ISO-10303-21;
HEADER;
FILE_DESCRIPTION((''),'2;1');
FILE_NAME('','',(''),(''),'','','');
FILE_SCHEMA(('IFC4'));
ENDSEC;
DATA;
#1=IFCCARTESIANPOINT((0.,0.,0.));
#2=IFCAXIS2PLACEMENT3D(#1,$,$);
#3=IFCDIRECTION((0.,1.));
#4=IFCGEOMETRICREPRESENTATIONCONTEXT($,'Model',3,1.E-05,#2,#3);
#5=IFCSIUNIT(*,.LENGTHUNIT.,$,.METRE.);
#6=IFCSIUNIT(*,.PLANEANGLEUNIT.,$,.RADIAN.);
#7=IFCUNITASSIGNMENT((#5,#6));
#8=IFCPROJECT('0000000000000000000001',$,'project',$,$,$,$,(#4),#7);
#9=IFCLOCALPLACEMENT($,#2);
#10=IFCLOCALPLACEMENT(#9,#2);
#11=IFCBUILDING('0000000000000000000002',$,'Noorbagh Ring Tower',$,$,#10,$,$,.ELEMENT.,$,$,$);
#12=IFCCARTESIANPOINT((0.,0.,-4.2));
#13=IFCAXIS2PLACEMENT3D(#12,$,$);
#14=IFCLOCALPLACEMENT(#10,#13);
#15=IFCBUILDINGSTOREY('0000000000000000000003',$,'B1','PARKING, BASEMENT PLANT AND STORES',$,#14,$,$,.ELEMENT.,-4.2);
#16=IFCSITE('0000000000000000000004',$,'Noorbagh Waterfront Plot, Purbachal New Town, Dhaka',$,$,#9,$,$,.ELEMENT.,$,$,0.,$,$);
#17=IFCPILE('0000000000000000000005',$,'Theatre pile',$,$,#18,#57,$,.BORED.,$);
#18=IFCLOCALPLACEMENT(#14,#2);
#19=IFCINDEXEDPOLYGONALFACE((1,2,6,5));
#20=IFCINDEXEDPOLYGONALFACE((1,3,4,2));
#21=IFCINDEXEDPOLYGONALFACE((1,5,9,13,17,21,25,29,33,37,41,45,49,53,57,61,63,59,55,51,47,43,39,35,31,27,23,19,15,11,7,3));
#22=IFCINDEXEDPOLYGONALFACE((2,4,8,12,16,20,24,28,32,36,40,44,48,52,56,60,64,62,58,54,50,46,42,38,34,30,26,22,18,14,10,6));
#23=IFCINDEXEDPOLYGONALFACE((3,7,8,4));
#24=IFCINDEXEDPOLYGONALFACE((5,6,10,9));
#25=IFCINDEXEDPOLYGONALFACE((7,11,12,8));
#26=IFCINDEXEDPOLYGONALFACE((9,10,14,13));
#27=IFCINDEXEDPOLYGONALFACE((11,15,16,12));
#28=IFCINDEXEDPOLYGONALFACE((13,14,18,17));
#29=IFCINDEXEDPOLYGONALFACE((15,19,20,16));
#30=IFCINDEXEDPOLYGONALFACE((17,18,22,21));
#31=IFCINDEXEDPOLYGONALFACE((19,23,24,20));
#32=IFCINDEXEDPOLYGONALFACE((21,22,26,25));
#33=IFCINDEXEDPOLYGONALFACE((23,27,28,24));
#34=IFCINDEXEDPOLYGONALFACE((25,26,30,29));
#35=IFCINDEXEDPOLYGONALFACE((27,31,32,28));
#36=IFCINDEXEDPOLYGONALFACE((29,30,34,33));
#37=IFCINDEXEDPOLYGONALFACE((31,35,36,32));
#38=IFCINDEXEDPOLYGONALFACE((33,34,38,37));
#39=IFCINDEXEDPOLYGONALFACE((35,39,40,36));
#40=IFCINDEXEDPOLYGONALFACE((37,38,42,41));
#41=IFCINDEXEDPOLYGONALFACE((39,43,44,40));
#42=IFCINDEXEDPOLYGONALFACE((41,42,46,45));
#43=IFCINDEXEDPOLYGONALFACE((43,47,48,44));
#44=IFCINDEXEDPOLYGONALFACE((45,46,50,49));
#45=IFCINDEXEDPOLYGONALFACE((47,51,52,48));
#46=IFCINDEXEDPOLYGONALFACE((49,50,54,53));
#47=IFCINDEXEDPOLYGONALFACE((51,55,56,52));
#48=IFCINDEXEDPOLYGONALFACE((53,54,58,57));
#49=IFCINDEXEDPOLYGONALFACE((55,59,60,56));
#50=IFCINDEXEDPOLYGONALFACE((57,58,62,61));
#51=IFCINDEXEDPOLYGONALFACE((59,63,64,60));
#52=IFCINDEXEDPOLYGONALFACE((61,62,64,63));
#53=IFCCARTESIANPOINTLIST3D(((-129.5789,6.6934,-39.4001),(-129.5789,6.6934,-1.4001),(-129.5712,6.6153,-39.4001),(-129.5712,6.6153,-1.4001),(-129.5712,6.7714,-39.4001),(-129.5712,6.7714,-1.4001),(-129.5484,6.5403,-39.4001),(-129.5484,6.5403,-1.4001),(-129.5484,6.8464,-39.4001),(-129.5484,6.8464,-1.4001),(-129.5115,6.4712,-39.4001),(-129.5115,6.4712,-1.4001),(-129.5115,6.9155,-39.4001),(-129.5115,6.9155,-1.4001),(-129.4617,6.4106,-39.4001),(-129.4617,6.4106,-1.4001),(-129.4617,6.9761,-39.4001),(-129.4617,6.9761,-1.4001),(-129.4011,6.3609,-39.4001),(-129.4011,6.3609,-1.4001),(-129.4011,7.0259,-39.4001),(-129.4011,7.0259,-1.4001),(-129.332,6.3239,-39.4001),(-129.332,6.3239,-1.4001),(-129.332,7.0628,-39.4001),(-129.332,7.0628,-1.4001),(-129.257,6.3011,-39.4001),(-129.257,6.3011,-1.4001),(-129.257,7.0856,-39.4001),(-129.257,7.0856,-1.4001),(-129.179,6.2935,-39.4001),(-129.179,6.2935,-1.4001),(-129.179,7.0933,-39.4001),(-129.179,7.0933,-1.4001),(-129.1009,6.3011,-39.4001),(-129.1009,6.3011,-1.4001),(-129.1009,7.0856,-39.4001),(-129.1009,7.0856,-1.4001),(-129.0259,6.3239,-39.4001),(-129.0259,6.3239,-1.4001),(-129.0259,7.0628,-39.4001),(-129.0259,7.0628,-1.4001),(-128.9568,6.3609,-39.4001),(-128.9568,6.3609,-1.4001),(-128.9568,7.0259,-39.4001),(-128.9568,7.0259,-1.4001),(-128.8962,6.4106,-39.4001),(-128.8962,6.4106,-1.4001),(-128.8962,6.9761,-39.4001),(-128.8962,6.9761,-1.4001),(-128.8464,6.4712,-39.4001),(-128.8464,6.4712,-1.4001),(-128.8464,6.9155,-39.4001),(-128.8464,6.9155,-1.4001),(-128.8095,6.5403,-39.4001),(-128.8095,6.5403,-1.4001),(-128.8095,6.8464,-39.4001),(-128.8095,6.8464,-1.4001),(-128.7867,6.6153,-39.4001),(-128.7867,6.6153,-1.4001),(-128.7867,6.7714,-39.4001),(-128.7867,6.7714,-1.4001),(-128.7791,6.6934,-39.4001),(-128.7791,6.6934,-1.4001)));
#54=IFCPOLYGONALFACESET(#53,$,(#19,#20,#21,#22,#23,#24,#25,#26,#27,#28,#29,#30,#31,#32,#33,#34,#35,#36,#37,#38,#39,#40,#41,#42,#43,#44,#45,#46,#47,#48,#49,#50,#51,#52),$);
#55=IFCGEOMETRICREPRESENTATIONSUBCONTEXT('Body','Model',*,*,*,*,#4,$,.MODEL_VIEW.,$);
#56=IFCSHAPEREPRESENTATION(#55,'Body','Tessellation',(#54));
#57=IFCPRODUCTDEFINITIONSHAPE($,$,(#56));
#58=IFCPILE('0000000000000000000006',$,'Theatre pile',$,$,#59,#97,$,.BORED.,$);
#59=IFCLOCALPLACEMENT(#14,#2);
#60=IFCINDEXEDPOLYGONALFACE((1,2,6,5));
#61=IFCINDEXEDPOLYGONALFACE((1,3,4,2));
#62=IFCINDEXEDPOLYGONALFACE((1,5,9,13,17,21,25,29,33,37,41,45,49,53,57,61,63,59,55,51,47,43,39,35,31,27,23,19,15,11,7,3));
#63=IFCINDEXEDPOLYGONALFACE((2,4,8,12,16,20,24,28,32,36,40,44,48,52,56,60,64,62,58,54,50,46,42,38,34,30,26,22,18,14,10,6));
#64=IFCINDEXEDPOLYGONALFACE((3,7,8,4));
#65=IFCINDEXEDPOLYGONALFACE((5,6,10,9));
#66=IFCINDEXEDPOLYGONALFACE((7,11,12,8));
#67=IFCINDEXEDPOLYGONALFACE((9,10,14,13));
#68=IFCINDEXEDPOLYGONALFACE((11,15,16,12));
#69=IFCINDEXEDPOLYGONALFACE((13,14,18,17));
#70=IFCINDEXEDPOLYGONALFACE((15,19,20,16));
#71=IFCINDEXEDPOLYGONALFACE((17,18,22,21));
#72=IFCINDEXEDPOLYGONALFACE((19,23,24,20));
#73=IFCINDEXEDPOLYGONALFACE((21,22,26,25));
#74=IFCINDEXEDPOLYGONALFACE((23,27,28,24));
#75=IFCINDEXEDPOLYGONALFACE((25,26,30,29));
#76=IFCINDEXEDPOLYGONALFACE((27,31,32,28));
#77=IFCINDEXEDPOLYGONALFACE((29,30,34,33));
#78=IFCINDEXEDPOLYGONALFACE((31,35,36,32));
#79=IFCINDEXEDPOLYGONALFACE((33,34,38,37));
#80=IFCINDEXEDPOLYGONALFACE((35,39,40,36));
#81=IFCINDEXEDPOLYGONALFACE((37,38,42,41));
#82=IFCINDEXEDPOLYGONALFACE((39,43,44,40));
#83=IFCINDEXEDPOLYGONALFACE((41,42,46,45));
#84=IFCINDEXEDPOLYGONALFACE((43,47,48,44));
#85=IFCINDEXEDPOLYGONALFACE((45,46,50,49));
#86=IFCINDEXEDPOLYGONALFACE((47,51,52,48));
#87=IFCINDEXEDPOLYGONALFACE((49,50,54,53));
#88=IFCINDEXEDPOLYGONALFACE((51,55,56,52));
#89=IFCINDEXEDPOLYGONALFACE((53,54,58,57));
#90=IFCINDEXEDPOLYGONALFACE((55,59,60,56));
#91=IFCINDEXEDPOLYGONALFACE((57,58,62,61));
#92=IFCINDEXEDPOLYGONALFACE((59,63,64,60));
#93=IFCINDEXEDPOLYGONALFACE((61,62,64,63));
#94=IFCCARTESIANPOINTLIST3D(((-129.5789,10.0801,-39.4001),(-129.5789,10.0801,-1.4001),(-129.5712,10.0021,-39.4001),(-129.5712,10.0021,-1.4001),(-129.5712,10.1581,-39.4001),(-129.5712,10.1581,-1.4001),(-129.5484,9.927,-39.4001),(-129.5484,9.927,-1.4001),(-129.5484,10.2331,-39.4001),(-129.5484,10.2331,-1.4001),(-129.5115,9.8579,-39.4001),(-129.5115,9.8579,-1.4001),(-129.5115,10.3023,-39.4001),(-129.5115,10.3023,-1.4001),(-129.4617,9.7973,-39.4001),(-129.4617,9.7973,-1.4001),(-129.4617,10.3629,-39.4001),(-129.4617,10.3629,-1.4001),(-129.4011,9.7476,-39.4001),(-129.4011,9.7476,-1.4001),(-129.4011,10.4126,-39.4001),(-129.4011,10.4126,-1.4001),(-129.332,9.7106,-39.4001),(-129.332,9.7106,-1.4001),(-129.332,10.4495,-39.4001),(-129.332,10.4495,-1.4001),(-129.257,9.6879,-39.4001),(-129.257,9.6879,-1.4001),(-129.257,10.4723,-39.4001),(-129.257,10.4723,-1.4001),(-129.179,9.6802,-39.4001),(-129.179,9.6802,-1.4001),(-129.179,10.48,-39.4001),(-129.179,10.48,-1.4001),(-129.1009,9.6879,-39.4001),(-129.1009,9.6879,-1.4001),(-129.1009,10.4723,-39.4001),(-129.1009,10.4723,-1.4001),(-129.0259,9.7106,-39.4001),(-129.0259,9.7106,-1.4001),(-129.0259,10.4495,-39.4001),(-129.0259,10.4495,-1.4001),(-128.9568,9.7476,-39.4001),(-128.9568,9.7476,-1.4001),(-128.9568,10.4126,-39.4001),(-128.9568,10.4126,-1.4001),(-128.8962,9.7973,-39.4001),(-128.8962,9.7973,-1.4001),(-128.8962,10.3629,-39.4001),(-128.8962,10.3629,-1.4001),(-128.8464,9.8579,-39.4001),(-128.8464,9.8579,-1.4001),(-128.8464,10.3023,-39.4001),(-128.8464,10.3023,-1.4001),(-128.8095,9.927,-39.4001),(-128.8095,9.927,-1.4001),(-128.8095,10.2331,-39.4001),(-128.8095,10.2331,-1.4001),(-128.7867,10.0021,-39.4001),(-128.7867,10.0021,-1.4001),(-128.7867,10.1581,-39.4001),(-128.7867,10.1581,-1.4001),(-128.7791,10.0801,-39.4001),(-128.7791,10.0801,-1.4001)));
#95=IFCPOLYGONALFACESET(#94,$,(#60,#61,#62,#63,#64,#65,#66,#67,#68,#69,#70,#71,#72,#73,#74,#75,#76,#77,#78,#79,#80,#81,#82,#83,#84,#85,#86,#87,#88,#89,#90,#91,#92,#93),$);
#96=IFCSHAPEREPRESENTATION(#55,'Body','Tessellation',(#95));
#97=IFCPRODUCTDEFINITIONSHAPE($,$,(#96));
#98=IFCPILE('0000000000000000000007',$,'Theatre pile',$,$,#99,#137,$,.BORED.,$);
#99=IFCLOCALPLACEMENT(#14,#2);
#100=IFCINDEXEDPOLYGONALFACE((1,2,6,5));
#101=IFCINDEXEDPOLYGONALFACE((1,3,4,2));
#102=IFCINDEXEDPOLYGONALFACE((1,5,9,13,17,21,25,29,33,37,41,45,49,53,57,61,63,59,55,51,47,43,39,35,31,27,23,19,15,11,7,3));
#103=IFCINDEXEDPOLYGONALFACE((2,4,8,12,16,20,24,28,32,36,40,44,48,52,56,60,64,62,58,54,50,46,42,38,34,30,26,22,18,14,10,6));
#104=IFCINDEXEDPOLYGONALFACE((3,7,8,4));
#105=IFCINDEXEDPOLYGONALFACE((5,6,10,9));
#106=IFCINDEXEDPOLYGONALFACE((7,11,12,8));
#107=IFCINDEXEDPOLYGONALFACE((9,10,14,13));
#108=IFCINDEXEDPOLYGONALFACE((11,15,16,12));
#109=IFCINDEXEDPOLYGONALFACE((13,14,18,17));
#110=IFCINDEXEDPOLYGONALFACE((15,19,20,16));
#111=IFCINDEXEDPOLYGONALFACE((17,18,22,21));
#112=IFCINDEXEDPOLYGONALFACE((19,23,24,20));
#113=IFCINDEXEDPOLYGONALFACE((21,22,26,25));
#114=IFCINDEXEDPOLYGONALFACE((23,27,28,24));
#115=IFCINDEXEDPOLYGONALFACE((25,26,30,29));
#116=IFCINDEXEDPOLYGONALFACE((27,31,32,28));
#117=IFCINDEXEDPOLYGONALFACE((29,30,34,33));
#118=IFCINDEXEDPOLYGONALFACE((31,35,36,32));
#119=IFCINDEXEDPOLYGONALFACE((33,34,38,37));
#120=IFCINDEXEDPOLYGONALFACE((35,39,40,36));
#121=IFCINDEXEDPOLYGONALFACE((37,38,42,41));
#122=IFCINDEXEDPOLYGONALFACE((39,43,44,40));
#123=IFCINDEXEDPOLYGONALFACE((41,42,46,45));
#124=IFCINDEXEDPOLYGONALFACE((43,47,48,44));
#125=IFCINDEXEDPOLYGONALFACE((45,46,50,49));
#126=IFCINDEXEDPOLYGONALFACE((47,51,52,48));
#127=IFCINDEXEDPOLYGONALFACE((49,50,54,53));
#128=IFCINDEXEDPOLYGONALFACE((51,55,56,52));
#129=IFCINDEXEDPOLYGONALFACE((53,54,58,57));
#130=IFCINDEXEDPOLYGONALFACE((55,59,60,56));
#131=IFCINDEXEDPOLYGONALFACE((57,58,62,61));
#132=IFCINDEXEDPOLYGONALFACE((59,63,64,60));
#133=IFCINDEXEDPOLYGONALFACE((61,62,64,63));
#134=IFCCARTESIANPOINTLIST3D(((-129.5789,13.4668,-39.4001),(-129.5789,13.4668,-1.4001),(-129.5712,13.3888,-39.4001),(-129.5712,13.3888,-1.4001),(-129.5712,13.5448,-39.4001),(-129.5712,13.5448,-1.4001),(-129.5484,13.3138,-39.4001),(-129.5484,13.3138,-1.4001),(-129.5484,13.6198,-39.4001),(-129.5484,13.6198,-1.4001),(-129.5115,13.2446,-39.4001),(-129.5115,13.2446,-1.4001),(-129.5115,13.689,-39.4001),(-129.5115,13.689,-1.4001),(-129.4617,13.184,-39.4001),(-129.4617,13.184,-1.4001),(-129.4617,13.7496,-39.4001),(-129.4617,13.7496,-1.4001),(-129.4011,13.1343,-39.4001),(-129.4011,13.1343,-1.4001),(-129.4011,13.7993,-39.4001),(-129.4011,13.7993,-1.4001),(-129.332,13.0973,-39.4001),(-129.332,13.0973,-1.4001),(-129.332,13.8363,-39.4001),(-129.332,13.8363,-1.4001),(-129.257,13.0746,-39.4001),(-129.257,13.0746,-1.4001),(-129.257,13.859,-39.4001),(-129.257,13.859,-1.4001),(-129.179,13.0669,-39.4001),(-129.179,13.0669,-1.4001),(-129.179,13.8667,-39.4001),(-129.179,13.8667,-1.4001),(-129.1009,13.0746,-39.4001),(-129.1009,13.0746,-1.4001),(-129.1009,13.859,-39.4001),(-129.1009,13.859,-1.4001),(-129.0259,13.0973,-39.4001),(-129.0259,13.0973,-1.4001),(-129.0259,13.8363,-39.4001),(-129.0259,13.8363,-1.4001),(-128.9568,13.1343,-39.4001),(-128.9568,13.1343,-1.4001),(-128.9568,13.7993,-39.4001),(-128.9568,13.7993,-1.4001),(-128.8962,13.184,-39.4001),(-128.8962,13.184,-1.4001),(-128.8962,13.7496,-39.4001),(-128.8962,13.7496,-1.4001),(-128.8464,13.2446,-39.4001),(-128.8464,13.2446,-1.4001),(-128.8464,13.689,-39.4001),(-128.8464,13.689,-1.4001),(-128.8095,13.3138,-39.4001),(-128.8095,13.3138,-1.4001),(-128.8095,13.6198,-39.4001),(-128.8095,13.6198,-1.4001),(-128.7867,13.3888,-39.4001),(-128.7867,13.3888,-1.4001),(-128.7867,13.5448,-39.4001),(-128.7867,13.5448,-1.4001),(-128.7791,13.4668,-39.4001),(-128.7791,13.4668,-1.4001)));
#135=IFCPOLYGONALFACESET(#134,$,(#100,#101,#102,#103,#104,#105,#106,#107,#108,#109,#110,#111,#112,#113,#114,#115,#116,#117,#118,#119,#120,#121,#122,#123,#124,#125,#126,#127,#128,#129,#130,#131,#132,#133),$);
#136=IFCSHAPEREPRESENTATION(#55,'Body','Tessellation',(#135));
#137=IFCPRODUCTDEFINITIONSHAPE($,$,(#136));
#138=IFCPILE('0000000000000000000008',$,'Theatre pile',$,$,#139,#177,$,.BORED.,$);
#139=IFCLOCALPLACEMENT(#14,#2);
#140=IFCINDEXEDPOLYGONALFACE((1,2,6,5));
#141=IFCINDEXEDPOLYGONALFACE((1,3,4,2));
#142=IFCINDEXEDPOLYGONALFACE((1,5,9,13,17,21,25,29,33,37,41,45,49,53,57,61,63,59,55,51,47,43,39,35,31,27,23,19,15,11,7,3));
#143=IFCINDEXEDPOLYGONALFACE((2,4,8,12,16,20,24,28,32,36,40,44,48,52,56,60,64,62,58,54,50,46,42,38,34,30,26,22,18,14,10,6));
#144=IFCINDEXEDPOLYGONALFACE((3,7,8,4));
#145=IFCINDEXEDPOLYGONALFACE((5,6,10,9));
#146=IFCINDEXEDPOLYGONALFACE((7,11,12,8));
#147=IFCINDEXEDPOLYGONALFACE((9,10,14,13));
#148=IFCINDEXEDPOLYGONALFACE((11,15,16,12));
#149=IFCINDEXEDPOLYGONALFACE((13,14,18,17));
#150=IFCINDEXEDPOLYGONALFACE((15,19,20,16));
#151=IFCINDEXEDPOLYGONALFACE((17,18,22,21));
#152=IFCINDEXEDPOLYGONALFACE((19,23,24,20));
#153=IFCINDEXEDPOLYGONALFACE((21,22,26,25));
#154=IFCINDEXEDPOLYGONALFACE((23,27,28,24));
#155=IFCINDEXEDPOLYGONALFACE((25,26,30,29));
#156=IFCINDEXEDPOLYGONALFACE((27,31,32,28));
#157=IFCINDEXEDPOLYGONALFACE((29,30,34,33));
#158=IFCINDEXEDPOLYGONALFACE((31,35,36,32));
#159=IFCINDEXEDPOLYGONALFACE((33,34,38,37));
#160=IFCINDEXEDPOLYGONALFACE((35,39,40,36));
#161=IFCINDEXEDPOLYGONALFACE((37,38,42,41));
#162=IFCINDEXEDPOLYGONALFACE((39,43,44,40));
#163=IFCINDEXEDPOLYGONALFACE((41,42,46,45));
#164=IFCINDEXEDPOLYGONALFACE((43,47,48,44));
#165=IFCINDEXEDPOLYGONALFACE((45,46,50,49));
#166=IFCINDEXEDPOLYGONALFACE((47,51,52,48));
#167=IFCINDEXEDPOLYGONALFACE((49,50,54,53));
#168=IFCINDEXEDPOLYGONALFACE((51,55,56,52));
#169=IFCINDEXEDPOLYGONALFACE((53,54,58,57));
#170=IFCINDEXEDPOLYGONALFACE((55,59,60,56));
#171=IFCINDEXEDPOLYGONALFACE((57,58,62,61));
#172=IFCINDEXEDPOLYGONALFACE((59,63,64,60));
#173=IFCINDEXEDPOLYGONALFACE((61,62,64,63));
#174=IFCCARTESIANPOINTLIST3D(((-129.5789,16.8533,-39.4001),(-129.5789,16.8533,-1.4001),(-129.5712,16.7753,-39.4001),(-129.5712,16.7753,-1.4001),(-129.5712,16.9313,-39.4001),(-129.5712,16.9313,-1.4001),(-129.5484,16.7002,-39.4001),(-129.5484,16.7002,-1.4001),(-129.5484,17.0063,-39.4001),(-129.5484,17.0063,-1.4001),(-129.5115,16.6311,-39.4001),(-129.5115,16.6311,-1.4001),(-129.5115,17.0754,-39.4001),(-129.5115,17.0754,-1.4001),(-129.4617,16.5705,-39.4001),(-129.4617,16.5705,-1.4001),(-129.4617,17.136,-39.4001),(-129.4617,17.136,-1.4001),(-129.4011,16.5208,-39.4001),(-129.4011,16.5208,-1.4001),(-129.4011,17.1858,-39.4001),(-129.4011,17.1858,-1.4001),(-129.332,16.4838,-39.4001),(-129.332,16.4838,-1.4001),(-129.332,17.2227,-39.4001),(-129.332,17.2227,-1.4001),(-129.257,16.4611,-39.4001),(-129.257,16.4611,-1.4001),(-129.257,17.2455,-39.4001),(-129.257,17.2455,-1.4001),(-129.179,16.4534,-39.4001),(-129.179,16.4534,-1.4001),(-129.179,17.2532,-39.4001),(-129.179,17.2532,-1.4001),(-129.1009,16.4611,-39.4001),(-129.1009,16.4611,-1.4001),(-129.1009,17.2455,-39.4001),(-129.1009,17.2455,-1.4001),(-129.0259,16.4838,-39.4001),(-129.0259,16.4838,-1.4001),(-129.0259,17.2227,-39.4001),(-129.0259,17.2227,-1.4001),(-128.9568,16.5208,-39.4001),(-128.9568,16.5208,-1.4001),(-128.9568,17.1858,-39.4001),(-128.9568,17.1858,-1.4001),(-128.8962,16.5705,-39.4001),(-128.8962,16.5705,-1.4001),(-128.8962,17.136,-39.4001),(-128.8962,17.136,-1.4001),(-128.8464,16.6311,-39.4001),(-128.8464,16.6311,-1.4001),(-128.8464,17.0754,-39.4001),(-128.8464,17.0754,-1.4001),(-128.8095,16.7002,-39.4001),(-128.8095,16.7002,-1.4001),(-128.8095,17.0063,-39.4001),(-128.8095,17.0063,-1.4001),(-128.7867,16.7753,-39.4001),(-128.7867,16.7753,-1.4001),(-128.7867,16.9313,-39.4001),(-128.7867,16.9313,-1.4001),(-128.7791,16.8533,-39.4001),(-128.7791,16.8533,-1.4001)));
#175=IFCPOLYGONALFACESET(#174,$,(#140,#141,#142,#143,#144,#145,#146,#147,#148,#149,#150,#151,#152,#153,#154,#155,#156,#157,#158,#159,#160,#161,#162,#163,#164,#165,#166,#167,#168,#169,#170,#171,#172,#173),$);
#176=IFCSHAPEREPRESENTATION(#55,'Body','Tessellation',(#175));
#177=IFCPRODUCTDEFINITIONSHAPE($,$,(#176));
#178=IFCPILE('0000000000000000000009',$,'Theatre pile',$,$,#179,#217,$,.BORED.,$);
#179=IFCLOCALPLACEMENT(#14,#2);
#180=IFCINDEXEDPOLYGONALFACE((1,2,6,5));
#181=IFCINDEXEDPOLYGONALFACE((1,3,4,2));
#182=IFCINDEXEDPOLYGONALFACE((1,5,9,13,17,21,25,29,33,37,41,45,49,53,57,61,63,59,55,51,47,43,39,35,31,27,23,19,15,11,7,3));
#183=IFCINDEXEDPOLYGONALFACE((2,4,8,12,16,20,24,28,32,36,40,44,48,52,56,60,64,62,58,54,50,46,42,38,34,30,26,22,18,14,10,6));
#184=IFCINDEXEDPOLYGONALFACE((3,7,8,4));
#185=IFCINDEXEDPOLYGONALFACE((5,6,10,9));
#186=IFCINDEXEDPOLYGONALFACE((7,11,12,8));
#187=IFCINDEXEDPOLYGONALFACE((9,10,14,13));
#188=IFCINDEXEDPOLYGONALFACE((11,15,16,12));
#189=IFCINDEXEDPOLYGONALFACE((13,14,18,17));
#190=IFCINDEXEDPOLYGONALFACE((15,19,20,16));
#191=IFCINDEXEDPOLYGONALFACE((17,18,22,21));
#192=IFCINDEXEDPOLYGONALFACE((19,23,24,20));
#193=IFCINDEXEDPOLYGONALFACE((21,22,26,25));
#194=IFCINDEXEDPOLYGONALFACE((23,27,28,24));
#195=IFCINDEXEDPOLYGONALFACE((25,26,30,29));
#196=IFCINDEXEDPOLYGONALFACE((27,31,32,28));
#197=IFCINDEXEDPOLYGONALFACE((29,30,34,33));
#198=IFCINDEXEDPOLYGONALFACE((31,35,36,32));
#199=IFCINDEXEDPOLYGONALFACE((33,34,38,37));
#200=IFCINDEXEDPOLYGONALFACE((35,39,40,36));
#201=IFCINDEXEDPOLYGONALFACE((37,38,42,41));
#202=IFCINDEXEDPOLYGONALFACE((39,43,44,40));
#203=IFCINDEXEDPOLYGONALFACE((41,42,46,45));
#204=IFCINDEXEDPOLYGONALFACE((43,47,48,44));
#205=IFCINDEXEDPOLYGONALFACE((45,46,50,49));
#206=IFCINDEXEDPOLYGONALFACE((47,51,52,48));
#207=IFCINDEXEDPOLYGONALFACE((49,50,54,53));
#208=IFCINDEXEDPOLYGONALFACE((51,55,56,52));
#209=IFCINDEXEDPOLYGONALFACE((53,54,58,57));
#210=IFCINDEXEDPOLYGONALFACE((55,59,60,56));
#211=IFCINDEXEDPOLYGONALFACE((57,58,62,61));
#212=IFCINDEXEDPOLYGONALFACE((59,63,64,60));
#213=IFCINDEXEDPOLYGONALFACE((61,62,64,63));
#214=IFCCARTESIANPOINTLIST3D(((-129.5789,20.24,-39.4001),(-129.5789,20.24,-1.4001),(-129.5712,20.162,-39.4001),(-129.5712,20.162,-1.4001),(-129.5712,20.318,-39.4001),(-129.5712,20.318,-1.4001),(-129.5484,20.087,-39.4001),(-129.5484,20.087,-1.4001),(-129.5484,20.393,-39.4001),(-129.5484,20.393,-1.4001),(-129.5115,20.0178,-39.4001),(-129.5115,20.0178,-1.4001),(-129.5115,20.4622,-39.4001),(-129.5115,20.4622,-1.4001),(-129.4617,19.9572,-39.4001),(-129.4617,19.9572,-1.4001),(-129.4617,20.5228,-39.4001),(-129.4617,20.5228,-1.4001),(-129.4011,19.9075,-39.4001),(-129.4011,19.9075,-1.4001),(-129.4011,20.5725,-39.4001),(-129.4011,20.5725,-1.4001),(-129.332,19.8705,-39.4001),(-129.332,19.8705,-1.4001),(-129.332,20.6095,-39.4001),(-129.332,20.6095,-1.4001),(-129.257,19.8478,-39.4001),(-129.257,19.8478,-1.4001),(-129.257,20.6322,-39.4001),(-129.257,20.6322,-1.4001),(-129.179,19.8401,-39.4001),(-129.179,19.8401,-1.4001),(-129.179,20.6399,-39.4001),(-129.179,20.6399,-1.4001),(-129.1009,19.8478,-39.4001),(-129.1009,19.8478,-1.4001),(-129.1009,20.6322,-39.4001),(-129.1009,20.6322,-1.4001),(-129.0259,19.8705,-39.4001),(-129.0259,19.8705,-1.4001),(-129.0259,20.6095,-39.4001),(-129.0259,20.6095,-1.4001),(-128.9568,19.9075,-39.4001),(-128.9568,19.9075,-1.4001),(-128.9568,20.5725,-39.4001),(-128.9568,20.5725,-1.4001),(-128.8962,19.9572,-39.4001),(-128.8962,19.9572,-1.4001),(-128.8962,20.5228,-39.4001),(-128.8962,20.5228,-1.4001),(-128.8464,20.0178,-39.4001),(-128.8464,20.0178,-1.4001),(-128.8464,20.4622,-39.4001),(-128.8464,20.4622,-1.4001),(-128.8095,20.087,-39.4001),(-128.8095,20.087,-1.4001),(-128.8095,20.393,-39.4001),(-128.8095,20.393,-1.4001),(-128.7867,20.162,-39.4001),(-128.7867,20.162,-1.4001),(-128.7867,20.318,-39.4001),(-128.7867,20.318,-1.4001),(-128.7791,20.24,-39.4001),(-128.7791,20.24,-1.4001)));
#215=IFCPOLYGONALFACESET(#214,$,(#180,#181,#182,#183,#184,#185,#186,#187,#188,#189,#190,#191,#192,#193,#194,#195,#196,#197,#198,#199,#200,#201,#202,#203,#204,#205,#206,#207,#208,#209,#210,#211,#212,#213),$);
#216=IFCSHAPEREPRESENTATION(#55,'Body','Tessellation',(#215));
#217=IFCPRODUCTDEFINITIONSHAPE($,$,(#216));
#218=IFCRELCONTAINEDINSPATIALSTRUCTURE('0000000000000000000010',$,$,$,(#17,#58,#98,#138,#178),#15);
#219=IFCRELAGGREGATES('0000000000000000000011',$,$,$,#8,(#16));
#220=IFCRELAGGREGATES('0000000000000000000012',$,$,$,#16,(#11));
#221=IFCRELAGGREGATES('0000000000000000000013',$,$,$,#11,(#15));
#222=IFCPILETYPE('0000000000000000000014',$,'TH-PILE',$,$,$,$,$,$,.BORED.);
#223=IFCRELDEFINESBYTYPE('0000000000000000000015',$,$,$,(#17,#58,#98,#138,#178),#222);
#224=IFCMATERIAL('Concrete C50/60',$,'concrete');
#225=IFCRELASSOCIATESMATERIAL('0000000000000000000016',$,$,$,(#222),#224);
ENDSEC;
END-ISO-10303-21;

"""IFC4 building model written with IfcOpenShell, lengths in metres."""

from ifc_helpers import new_model, si_unit, direction, frame, origin, origin_2d, place, context, subcontext, project, spatial, circle, extrude, material, material_profile, profile_set, type_object, element, save


model = new_model("IFC4")

# Units and contexts
model_context = context("Model", 3, precision=1e-05, world=origin(), true_north=direction((0.0, 1.0)))
body_context = subcontext(model_context, "Body", "Model", "MODEL_VIEW")
ifc_project = project(units=[si_unit("LENGTHUNIT", "METRE"), si_unit("PLANEANGLEUNIT", "RADIAN")], contexts=[model_context])

# Site, building, storey
site_placement = place(None, origin())
site = spatial("IfcSite", under=ifc_project, at=site_placement, Name="Noorbagh Waterfront Plot, Purbachal New Town, Dhaka", CompositionType="ELEMENT", RefElevation=0.0)
building_placement = place(site_placement, origin())
building = spatial("IfcBuilding", under=site, at=building_placement, Name="Noorbagh Ring Tower", CompositionType="ELEMENT")
storey_placement = place(building_placement, frame((0.0, 0.0, -4.2)))
storey = spatial("IfcBuildingStorey", under=building, at=storey_placement, Name="B1", Description="PARKING, BASEMENT PLANT AND STORES", CompositionType="ELEMENT", Elevation=-4.2)

# Piles
ifc_material_1 = material(Name="Concrete C50/60", Category="concrete")
ifc_material_profile = material_profile(ifc_material_1, circle(Radius=0.3999, at=origin_2d()), Name="PILE800")
ifc_profile_set = profile_set([ifc_material_profile], Name="Concrete C50/60")
pile_type = type_object("IfcPileType", Name="TH-PILE", PredefinedType="BORED", material=ifc_profile_set)
for number, where, z_axis, x_axis, name in (
    (1, (-129.179, 6.6934, -1.4001), (0.0, 0.0, -1.0), (1.0, 0.0, 0.0), "Theatre pile"),
    (2, (-129.179, 10.0801, -1.4001), (0.0, 0.0, -1.0), (1.0, 0.0, 0.0), "Theatre pile"),
    (3, (-129.179, 13.4668, -1.4001), (0.0, 0.0, -1.0), (1.0, 0.0, 0.0), "Theatre pile"),
    (4, (-129.179, 16.8533, -1.4001), (0.0, 0.0, -1.0), (1.0, 0.0, 0.0), "Theatre pile"),
    (5, (-129.179, 20.24, -1.4001), (0.0, 0.0, -1.0), (1.0, 0.0, 0.0), "Theatre pile"),
):
    element("IfcPile", number, at=place(storey_placement, frame(where, z_axis=z_axis, x_axis=x_axis)), inside=storey, type_object=pile_type, Name=name, PredefinedType="BORED", context=body_context, shape_type="SweptSolid", body=[
        extrude(circle(Radius=0.3999, at=origin_2d()), origin(), (0.0, 0.0, 1.0), 38.0),
    ])

save(model, "model.ifc")
